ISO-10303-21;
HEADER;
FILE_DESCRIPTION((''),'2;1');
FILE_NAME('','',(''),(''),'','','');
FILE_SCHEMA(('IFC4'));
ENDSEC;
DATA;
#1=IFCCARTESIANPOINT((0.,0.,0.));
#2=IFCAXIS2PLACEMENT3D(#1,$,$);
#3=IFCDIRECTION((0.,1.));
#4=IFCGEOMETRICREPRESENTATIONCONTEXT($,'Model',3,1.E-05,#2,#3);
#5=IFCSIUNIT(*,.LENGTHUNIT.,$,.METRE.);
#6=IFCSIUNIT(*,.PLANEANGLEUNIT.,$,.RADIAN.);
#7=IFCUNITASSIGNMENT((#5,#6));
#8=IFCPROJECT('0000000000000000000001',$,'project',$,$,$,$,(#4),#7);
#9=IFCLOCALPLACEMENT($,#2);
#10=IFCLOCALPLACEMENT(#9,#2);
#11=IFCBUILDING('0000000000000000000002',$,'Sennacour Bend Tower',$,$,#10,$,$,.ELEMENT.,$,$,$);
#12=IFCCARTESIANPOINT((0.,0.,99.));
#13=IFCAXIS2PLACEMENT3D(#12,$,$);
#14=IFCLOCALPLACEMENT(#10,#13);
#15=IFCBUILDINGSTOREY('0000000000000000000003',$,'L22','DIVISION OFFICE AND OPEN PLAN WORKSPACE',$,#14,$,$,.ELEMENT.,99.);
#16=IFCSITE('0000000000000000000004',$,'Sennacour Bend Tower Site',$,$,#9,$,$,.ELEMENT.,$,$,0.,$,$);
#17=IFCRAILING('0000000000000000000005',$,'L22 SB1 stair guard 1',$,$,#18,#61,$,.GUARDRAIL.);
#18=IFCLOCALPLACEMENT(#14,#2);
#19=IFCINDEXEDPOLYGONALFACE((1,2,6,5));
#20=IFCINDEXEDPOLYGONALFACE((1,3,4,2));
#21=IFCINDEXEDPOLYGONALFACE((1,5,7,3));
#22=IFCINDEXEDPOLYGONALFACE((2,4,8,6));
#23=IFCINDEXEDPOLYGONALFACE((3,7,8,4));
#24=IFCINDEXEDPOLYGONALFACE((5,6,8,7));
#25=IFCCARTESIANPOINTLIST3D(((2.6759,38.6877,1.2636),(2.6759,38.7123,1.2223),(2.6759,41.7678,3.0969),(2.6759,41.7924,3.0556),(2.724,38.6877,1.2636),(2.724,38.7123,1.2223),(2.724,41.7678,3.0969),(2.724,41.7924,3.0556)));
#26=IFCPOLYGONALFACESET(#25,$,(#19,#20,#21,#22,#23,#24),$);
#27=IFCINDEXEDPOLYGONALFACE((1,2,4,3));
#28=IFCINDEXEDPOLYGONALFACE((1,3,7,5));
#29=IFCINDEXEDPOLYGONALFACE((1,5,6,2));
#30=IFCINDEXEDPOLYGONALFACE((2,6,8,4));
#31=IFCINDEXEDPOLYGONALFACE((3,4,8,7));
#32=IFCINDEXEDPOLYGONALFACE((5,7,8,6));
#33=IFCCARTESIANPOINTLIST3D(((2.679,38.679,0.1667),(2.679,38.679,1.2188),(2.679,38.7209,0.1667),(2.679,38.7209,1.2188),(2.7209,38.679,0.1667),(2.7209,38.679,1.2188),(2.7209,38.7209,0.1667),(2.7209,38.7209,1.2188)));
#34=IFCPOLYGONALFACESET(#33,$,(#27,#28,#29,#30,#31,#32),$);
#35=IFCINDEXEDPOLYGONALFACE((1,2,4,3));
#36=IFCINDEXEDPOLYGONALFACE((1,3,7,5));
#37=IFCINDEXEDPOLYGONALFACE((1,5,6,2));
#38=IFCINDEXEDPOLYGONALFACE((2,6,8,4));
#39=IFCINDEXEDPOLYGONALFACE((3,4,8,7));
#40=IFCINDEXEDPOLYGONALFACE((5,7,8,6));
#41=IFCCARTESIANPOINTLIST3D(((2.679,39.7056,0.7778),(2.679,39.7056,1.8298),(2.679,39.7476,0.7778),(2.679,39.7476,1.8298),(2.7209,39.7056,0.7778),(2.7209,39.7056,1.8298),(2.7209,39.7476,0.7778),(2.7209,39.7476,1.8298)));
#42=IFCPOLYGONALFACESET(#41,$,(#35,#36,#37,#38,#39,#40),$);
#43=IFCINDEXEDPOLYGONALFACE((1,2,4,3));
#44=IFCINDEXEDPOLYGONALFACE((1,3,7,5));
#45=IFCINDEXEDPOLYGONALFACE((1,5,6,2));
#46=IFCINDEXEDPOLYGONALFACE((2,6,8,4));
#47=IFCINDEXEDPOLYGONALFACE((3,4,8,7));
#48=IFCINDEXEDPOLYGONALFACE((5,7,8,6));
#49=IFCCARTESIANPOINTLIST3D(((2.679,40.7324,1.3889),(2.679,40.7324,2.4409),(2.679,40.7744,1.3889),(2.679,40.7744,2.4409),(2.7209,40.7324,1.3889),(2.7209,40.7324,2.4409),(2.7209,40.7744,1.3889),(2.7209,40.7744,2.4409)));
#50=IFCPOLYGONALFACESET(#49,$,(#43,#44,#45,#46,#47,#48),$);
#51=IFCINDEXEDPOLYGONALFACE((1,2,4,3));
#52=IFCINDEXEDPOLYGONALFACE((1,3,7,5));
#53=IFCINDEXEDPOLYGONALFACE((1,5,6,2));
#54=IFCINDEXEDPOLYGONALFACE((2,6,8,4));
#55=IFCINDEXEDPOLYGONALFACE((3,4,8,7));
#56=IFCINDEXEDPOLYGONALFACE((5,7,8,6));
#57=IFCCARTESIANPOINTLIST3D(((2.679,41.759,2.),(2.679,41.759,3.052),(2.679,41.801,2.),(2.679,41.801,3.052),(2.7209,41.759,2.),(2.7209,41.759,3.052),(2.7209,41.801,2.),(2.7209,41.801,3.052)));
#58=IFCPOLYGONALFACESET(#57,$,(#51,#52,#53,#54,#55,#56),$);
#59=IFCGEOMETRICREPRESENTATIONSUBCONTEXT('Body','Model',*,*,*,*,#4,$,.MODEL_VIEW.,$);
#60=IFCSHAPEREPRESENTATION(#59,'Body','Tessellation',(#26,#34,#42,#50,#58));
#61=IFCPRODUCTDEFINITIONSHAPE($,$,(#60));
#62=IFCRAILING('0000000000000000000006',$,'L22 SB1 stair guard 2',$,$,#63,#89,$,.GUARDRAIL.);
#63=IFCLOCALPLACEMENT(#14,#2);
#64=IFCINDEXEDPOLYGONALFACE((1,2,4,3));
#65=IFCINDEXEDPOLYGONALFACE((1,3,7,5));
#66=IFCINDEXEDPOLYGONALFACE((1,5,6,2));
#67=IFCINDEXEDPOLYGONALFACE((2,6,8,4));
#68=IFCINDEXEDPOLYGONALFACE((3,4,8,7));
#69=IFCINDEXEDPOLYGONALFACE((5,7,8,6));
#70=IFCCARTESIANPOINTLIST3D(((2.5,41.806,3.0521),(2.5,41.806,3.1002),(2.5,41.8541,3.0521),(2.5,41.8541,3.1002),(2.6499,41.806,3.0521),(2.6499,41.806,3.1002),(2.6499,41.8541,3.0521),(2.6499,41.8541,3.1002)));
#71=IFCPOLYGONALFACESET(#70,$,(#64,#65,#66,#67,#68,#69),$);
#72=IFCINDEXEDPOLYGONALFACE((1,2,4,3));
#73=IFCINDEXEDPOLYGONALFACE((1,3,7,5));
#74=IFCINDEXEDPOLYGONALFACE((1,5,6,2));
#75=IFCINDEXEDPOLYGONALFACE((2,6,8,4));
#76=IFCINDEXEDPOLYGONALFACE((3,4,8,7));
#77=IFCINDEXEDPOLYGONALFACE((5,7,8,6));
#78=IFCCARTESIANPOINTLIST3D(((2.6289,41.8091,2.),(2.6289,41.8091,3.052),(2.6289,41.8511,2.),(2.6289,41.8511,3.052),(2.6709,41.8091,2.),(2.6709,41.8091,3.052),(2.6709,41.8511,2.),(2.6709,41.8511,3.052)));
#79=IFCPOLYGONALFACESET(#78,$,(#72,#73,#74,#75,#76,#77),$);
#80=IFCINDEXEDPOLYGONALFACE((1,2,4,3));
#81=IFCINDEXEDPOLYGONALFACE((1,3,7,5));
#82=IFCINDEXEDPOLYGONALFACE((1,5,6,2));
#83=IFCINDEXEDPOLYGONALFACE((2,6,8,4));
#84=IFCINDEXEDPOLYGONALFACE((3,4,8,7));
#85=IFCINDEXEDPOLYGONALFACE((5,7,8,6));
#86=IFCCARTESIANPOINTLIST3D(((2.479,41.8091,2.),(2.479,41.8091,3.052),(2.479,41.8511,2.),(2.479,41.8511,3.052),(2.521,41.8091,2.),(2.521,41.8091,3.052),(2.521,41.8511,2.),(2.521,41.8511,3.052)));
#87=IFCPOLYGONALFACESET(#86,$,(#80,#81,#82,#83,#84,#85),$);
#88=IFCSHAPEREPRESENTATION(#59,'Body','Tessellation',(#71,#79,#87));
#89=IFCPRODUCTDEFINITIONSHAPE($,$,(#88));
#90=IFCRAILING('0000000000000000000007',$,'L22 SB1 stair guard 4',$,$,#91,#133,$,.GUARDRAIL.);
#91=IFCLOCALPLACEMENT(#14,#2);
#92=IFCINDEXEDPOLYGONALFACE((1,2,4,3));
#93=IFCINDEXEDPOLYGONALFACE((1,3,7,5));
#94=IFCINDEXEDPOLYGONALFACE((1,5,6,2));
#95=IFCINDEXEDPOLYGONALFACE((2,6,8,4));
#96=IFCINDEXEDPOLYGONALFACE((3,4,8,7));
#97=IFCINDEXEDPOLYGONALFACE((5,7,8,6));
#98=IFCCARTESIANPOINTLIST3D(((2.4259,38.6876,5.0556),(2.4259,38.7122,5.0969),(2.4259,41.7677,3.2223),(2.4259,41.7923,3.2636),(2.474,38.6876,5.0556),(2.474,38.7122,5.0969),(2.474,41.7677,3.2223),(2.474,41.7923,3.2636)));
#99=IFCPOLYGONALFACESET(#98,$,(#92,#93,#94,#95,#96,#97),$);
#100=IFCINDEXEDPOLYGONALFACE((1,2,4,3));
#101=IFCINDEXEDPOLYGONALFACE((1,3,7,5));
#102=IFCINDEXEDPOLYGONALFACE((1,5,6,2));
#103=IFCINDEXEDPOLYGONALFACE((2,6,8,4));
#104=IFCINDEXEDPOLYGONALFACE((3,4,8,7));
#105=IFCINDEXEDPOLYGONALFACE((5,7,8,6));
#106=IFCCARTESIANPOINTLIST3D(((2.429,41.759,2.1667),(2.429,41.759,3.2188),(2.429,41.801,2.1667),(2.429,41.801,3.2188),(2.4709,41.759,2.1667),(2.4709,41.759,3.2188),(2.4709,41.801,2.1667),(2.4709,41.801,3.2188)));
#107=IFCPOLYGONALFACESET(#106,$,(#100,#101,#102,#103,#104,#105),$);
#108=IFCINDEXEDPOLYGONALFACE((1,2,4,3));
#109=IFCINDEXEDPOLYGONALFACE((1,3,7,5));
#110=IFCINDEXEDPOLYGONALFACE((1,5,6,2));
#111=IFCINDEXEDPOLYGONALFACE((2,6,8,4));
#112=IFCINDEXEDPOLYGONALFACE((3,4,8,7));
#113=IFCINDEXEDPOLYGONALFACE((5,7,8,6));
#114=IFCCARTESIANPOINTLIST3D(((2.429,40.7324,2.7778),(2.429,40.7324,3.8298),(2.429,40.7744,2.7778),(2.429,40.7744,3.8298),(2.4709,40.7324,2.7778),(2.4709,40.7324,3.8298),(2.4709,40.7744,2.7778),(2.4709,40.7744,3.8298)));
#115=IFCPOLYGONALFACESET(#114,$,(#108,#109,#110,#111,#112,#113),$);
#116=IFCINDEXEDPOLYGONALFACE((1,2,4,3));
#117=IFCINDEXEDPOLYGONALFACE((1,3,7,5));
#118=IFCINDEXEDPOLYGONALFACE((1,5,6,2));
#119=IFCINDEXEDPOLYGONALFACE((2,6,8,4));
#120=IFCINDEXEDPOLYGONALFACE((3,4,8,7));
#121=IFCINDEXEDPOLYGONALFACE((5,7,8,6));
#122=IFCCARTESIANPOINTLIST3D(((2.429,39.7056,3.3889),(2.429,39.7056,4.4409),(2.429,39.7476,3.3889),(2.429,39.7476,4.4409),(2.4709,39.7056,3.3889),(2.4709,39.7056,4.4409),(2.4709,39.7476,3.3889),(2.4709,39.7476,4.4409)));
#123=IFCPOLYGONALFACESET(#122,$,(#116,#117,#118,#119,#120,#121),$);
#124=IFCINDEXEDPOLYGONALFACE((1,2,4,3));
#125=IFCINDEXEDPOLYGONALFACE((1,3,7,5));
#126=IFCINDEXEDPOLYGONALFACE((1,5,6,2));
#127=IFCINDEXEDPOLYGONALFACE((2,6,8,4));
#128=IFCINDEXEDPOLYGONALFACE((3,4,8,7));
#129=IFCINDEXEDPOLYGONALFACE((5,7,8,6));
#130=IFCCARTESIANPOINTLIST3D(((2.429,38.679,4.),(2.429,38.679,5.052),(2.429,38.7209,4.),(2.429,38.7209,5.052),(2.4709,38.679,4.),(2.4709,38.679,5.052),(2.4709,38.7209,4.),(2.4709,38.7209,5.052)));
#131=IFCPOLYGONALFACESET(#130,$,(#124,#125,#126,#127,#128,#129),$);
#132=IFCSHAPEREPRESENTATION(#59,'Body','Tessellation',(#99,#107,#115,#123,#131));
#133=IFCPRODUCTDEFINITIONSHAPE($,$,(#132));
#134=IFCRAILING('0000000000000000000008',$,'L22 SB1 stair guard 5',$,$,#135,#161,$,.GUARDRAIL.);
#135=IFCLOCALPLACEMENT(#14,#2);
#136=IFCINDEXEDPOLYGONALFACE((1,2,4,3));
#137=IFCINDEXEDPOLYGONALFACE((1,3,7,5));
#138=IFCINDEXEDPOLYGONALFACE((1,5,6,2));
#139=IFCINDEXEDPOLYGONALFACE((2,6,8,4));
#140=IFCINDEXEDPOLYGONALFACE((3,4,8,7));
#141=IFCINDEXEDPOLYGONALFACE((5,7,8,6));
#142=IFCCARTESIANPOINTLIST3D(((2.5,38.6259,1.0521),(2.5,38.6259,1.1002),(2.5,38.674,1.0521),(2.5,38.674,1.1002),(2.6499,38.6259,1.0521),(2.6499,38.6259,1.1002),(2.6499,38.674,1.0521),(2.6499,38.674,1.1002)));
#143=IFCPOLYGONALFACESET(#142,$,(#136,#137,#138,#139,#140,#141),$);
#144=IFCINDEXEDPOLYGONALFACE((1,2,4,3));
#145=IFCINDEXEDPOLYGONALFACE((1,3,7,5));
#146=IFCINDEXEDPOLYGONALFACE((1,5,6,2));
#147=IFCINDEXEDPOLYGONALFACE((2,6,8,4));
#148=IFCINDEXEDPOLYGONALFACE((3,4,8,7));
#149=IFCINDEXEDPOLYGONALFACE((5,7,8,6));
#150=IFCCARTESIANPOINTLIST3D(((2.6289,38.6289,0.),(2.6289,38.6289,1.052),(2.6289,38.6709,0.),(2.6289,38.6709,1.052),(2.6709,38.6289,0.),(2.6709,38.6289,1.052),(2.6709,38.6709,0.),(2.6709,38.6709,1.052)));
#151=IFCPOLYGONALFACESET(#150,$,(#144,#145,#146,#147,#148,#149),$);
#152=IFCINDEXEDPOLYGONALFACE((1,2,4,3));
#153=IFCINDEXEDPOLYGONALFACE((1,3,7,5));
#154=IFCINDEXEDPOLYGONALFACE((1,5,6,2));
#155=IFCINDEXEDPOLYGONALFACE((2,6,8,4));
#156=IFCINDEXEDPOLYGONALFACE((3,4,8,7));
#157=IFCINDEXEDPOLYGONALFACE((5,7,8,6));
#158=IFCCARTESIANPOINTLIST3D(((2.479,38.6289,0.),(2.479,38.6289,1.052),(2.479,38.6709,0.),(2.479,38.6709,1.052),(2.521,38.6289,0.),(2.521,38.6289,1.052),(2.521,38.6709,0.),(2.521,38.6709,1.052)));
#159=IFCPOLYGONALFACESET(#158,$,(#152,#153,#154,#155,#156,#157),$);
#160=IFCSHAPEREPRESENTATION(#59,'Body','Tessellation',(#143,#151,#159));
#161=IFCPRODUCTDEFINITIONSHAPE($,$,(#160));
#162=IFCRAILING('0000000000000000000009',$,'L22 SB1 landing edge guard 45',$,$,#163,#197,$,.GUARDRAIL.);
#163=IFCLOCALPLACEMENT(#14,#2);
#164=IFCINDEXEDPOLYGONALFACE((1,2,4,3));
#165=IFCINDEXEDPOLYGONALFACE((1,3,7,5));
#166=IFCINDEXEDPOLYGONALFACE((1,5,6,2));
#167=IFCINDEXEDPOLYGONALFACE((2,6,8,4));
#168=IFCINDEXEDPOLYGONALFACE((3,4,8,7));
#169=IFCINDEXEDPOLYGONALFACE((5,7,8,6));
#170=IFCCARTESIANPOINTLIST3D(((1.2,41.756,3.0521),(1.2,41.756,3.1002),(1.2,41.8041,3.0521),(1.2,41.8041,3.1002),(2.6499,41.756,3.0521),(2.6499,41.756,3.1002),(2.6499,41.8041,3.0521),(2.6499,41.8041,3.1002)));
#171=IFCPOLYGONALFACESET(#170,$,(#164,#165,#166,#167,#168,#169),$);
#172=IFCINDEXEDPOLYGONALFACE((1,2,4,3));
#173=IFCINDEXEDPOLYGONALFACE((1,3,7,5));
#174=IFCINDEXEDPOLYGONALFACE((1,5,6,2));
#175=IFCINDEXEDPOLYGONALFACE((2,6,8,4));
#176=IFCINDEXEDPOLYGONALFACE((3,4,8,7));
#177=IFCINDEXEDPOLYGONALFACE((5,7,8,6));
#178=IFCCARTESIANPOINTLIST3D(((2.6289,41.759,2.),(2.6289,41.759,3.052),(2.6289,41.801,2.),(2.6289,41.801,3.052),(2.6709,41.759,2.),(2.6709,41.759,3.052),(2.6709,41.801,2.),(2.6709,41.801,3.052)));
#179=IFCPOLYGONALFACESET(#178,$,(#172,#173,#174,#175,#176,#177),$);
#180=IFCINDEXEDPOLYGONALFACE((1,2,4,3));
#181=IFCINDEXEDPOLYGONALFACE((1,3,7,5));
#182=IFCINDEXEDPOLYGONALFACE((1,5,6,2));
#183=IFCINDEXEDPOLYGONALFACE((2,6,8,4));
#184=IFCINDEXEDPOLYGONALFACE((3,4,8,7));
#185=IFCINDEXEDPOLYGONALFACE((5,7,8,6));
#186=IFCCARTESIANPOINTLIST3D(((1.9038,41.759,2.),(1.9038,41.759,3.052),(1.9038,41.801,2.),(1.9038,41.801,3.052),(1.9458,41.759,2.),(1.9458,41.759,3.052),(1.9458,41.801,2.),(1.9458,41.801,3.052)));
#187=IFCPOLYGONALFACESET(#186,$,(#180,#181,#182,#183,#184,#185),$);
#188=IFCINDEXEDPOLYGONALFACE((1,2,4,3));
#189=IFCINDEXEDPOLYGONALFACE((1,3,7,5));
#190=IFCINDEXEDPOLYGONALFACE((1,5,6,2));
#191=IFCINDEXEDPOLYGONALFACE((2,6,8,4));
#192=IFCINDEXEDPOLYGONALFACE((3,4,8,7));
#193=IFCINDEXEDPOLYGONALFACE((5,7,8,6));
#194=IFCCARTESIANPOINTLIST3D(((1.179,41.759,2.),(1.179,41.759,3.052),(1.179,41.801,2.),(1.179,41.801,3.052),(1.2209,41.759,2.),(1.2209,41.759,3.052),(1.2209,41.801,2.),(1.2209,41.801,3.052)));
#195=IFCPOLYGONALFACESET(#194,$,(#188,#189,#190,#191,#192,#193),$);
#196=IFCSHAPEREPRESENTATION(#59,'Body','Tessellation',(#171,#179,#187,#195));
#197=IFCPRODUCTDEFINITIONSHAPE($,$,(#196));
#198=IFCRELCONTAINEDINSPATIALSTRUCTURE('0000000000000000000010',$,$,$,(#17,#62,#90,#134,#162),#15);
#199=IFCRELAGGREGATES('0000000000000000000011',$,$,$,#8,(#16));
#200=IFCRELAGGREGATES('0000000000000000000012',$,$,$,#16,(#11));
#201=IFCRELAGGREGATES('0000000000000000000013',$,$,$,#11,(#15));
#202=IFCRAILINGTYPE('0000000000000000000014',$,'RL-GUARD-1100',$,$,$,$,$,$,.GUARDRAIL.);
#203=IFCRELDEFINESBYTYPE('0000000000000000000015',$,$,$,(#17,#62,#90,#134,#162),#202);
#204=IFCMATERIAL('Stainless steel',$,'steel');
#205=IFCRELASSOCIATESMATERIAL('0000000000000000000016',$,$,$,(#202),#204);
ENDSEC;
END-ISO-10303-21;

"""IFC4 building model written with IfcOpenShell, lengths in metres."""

from ifc_helpers import new_model, si_unit, direction, frame, origin, origin_2d, place, context, subcontext, project, spatial, rectangle, extrude, material, type_object, element, save


model = new_model("IFC4")

# Units and contexts
model_context = context("Model", 3, precision=1e-05, world=origin(), true_north=direction((0.0, 1.0)))
body_context = subcontext(model_context, "Body", "Model", "MODEL_VIEW")
ifc_project = project(units=[si_unit("LENGTHUNIT", "METRE"), si_unit("PLANEANGLEUNIT", "RADIAN")], contexts=[model_context])

# Site, building, storey
site_placement = place(None, origin())
site = spatial("IfcSite", under=ifc_project, at=site_placement, Name="Sennacour Bend Tower Site", CompositionType="ELEMENT", RefElevation=0.0)
building_placement = place(site_placement, origin())
building = spatial("IfcBuilding", under=site, at=building_placement, Name="Sennacour Bend Tower", CompositionType="ELEMENT")
storey_placement = place(building_placement, frame((0.0, 0.0, 99.0)))
storey = spatial("IfcBuildingStorey", under=building, at=storey_placement, Name="L22", Description="DIVISION OFFICE AND OPEN PLAN WORKSPACE", CompositionType="ELEMENT", Elevation=99.0)

# Railings
ifc_material_1 = material(Name="Stainless steel", Category="steel")
railing_type_1 = type_object("IfcRailingType", Name="RL-GUARD-1100", PredefinedType="GUARDRAIL", material=ifc_material_1)
railing_1_placement = place(storey_placement, frame((2.7, 38.7, 0.1667)))
element("IfcRailing", 1, at=railing_1_placement, inside=storey, type_object=railing_type_1, Name="L22 SB1 stair guard 1", PredefinedType="GUARDRAIL", context=body_context, shape_type="SweptSolid", body=[
    extrude(rectangle(XDim=0.0481, YDim=0.0481, at=origin_2d()), frame((0.0, 0.0, 1.0762), z_axis=(0.0, 0.859309, 0.511458), x_axis=(-1.0, 0.0, 0.0)), (0.0, 0.0, 1.0), 3.5845),
    extrude(rectangle(XDim=0.042, YDim=0.042, at=origin_2d()), origin(), (0.0, 0.0, 1.0), 1.052),
    extrude(rectangle(XDim=0.042, YDim=0.042, at=origin_2d()), frame((0.0, 1.0266, 0.6111)), (0.0, 0.0, 1.0), 1.052),
    extrude(rectangle(XDim=0.042, YDim=0.042, at=origin_2d()), frame((0.0, 2.0535, 1.2222)), (0.0, 0.0, 1.0), 1.052),
    extrude(rectangle(XDim=0.042, YDim=0.042, at=origin_2d()), frame((0.0, 3.0801, 1.8333)), (0.0, 0.0, 1.0), 1.052),
])
railing_2_placement = place(storey_placement, frame((2.6499, 41.8301, 2.0)))
element("IfcRailing", 2, at=railing_2_placement, inside=storey, type_object=railing_type_1, Name="L22 SB1 stair guard 2", PredefinedType="GUARDRAIL", context=body_context, shape_type="SweptSolid", body=[
    extrude(rectangle(XDim=0.0481, YDim=0.0481, at=origin_2d()), frame((0.0, 0.0, 1.0762), z_axis=(-1.0, 0.0, 0.0), x_axis=(0.0, -1.0, 0.0)), (0.0, 0.0, 1.0), 0.1499),
    extrude(rectangle(XDim=0.042, YDim=0.042, at=origin_2d()), origin(), (0.0, 0.0, 1.0), 1.052),
    extrude(rectangle(XDim=0.042, YDim=0.042, at=origin_2d()), frame((-0.1499, 0.0, 0.0)), (0.0, 0.0, 1.0), 1.052),
])
railing_3_placement = place(storey_placement, frame((2.45, 41.78, 2.1667)))
element("IfcRailing", 3, at=railing_3_placement, inside=storey, type_object=railing_type_1, Name="L22 SB1 stair guard 4", PredefinedType="GUARDRAIL", context=body_context, shape_type="SweptSolid", body=[
    extrude(rectangle(XDim=0.0481, YDim=0.0481, at=origin_2d()), frame((0.0, 0.0, 1.0762), z_axis=(0.0, -0.859309, 0.511458), x_axis=(1.0, 0.0, 0.0)), (0.0, 0.0, 1.0), 3.5845),
    extrude(rectangle(XDim=0.042, YDim=0.042, at=origin_2d()), origin(), (0.0, 0.0, 1.0), 1.052),
    extrude(rectangle(XDim=0.042, YDim=0.042, at=origin_2d()), frame((0.0, -1.0266, 0.6111)), (0.0, 0.0, 1.0), 1.052),
    extrude(rectangle(XDim=0.042, YDim=0.042, at=origin_2d()), frame((0.0, -2.0535, 1.2222)), (0.0, 0.0, 1.0), 1.052),
    extrude(rectangle(XDim=0.042, YDim=0.042, at=origin_2d()), frame((0.0, -3.0801, 1.8333)), (0.0, 0.0, 1.0), 1.052),
])
railing_4_placement = place(storey_placement, frame((2.6499, 38.6499, 0.0)))
element("IfcRailing", 4, at=railing_4_placement, inside=storey, type_object=railing_type_1, Name="L22 SB1 stair guard 5", PredefinedType="GUARDRAIL", context=body_context, shape_type="SweptSolid", body=[
    extrude(rectangle(XDim=0.0481, YDim=0.0481, at=origin_2d()), frame((0.0, 0.0, 1.0762), z_axis=(-1.0, 0.0, 0.0), x_axis=(0.0, -1.0, 0.0)), (0.0, 0.0, 1.0), 0.1499),
    extrude(rectangle(XDim=0.042, YDim=0.042, at=origin_2d()), origin(), (0.0, 0.0, 1.0), 1.052),
    extrude(rectangle(XDim=0.042, YDim=0.042, at=origin_2d()), frame((-0.1499, 0.0, 0.0)), (0.0, 0.0, 1.0), 1.052),
])
railing_5_placement = place(storey_placement, frame((2.6499, 41.78, 2.0)))
element("IfcRailing", 5, at=railing_5_placement, inside=storey, type_object=railing_type_1, Name="L22 SB1 landing edge guard 45", PredefinedType="GUARDRAIL", context=body_context, shape_type="SweptSolid", body=[
    extrude(rectangle(XDim=0.0481, YDim=0.0481, at=origin_2d()), frame((0.0, 0.0, 1.0762), z_axis=(-1.0, 0.0, 0.0), x_axis=(0.0, -1.0, 0.0)), (0.0, 0.0, 1.0), 1.45),
    extrude(rectangle(XDim=0.042, YDim=0.042, at=origin_2d()), origin(), (0.0, 0.0, 1.0), 1.052),
    extrude(rectangle(XDim=0.042, YDim=0.042, at=origin_2d()), frame((-0.7251, 0.0, 0.0)), (0.0, 0.0, 1.0), 1.052),
    extrude(rectangle(XDim=0.042, YDim=0.042, at=origin_2d()), frame((-1.45, 0.0, 0.0)), (0.0, 0.0, 1.0), 1.052),
])

save(model, "model.ifc")
